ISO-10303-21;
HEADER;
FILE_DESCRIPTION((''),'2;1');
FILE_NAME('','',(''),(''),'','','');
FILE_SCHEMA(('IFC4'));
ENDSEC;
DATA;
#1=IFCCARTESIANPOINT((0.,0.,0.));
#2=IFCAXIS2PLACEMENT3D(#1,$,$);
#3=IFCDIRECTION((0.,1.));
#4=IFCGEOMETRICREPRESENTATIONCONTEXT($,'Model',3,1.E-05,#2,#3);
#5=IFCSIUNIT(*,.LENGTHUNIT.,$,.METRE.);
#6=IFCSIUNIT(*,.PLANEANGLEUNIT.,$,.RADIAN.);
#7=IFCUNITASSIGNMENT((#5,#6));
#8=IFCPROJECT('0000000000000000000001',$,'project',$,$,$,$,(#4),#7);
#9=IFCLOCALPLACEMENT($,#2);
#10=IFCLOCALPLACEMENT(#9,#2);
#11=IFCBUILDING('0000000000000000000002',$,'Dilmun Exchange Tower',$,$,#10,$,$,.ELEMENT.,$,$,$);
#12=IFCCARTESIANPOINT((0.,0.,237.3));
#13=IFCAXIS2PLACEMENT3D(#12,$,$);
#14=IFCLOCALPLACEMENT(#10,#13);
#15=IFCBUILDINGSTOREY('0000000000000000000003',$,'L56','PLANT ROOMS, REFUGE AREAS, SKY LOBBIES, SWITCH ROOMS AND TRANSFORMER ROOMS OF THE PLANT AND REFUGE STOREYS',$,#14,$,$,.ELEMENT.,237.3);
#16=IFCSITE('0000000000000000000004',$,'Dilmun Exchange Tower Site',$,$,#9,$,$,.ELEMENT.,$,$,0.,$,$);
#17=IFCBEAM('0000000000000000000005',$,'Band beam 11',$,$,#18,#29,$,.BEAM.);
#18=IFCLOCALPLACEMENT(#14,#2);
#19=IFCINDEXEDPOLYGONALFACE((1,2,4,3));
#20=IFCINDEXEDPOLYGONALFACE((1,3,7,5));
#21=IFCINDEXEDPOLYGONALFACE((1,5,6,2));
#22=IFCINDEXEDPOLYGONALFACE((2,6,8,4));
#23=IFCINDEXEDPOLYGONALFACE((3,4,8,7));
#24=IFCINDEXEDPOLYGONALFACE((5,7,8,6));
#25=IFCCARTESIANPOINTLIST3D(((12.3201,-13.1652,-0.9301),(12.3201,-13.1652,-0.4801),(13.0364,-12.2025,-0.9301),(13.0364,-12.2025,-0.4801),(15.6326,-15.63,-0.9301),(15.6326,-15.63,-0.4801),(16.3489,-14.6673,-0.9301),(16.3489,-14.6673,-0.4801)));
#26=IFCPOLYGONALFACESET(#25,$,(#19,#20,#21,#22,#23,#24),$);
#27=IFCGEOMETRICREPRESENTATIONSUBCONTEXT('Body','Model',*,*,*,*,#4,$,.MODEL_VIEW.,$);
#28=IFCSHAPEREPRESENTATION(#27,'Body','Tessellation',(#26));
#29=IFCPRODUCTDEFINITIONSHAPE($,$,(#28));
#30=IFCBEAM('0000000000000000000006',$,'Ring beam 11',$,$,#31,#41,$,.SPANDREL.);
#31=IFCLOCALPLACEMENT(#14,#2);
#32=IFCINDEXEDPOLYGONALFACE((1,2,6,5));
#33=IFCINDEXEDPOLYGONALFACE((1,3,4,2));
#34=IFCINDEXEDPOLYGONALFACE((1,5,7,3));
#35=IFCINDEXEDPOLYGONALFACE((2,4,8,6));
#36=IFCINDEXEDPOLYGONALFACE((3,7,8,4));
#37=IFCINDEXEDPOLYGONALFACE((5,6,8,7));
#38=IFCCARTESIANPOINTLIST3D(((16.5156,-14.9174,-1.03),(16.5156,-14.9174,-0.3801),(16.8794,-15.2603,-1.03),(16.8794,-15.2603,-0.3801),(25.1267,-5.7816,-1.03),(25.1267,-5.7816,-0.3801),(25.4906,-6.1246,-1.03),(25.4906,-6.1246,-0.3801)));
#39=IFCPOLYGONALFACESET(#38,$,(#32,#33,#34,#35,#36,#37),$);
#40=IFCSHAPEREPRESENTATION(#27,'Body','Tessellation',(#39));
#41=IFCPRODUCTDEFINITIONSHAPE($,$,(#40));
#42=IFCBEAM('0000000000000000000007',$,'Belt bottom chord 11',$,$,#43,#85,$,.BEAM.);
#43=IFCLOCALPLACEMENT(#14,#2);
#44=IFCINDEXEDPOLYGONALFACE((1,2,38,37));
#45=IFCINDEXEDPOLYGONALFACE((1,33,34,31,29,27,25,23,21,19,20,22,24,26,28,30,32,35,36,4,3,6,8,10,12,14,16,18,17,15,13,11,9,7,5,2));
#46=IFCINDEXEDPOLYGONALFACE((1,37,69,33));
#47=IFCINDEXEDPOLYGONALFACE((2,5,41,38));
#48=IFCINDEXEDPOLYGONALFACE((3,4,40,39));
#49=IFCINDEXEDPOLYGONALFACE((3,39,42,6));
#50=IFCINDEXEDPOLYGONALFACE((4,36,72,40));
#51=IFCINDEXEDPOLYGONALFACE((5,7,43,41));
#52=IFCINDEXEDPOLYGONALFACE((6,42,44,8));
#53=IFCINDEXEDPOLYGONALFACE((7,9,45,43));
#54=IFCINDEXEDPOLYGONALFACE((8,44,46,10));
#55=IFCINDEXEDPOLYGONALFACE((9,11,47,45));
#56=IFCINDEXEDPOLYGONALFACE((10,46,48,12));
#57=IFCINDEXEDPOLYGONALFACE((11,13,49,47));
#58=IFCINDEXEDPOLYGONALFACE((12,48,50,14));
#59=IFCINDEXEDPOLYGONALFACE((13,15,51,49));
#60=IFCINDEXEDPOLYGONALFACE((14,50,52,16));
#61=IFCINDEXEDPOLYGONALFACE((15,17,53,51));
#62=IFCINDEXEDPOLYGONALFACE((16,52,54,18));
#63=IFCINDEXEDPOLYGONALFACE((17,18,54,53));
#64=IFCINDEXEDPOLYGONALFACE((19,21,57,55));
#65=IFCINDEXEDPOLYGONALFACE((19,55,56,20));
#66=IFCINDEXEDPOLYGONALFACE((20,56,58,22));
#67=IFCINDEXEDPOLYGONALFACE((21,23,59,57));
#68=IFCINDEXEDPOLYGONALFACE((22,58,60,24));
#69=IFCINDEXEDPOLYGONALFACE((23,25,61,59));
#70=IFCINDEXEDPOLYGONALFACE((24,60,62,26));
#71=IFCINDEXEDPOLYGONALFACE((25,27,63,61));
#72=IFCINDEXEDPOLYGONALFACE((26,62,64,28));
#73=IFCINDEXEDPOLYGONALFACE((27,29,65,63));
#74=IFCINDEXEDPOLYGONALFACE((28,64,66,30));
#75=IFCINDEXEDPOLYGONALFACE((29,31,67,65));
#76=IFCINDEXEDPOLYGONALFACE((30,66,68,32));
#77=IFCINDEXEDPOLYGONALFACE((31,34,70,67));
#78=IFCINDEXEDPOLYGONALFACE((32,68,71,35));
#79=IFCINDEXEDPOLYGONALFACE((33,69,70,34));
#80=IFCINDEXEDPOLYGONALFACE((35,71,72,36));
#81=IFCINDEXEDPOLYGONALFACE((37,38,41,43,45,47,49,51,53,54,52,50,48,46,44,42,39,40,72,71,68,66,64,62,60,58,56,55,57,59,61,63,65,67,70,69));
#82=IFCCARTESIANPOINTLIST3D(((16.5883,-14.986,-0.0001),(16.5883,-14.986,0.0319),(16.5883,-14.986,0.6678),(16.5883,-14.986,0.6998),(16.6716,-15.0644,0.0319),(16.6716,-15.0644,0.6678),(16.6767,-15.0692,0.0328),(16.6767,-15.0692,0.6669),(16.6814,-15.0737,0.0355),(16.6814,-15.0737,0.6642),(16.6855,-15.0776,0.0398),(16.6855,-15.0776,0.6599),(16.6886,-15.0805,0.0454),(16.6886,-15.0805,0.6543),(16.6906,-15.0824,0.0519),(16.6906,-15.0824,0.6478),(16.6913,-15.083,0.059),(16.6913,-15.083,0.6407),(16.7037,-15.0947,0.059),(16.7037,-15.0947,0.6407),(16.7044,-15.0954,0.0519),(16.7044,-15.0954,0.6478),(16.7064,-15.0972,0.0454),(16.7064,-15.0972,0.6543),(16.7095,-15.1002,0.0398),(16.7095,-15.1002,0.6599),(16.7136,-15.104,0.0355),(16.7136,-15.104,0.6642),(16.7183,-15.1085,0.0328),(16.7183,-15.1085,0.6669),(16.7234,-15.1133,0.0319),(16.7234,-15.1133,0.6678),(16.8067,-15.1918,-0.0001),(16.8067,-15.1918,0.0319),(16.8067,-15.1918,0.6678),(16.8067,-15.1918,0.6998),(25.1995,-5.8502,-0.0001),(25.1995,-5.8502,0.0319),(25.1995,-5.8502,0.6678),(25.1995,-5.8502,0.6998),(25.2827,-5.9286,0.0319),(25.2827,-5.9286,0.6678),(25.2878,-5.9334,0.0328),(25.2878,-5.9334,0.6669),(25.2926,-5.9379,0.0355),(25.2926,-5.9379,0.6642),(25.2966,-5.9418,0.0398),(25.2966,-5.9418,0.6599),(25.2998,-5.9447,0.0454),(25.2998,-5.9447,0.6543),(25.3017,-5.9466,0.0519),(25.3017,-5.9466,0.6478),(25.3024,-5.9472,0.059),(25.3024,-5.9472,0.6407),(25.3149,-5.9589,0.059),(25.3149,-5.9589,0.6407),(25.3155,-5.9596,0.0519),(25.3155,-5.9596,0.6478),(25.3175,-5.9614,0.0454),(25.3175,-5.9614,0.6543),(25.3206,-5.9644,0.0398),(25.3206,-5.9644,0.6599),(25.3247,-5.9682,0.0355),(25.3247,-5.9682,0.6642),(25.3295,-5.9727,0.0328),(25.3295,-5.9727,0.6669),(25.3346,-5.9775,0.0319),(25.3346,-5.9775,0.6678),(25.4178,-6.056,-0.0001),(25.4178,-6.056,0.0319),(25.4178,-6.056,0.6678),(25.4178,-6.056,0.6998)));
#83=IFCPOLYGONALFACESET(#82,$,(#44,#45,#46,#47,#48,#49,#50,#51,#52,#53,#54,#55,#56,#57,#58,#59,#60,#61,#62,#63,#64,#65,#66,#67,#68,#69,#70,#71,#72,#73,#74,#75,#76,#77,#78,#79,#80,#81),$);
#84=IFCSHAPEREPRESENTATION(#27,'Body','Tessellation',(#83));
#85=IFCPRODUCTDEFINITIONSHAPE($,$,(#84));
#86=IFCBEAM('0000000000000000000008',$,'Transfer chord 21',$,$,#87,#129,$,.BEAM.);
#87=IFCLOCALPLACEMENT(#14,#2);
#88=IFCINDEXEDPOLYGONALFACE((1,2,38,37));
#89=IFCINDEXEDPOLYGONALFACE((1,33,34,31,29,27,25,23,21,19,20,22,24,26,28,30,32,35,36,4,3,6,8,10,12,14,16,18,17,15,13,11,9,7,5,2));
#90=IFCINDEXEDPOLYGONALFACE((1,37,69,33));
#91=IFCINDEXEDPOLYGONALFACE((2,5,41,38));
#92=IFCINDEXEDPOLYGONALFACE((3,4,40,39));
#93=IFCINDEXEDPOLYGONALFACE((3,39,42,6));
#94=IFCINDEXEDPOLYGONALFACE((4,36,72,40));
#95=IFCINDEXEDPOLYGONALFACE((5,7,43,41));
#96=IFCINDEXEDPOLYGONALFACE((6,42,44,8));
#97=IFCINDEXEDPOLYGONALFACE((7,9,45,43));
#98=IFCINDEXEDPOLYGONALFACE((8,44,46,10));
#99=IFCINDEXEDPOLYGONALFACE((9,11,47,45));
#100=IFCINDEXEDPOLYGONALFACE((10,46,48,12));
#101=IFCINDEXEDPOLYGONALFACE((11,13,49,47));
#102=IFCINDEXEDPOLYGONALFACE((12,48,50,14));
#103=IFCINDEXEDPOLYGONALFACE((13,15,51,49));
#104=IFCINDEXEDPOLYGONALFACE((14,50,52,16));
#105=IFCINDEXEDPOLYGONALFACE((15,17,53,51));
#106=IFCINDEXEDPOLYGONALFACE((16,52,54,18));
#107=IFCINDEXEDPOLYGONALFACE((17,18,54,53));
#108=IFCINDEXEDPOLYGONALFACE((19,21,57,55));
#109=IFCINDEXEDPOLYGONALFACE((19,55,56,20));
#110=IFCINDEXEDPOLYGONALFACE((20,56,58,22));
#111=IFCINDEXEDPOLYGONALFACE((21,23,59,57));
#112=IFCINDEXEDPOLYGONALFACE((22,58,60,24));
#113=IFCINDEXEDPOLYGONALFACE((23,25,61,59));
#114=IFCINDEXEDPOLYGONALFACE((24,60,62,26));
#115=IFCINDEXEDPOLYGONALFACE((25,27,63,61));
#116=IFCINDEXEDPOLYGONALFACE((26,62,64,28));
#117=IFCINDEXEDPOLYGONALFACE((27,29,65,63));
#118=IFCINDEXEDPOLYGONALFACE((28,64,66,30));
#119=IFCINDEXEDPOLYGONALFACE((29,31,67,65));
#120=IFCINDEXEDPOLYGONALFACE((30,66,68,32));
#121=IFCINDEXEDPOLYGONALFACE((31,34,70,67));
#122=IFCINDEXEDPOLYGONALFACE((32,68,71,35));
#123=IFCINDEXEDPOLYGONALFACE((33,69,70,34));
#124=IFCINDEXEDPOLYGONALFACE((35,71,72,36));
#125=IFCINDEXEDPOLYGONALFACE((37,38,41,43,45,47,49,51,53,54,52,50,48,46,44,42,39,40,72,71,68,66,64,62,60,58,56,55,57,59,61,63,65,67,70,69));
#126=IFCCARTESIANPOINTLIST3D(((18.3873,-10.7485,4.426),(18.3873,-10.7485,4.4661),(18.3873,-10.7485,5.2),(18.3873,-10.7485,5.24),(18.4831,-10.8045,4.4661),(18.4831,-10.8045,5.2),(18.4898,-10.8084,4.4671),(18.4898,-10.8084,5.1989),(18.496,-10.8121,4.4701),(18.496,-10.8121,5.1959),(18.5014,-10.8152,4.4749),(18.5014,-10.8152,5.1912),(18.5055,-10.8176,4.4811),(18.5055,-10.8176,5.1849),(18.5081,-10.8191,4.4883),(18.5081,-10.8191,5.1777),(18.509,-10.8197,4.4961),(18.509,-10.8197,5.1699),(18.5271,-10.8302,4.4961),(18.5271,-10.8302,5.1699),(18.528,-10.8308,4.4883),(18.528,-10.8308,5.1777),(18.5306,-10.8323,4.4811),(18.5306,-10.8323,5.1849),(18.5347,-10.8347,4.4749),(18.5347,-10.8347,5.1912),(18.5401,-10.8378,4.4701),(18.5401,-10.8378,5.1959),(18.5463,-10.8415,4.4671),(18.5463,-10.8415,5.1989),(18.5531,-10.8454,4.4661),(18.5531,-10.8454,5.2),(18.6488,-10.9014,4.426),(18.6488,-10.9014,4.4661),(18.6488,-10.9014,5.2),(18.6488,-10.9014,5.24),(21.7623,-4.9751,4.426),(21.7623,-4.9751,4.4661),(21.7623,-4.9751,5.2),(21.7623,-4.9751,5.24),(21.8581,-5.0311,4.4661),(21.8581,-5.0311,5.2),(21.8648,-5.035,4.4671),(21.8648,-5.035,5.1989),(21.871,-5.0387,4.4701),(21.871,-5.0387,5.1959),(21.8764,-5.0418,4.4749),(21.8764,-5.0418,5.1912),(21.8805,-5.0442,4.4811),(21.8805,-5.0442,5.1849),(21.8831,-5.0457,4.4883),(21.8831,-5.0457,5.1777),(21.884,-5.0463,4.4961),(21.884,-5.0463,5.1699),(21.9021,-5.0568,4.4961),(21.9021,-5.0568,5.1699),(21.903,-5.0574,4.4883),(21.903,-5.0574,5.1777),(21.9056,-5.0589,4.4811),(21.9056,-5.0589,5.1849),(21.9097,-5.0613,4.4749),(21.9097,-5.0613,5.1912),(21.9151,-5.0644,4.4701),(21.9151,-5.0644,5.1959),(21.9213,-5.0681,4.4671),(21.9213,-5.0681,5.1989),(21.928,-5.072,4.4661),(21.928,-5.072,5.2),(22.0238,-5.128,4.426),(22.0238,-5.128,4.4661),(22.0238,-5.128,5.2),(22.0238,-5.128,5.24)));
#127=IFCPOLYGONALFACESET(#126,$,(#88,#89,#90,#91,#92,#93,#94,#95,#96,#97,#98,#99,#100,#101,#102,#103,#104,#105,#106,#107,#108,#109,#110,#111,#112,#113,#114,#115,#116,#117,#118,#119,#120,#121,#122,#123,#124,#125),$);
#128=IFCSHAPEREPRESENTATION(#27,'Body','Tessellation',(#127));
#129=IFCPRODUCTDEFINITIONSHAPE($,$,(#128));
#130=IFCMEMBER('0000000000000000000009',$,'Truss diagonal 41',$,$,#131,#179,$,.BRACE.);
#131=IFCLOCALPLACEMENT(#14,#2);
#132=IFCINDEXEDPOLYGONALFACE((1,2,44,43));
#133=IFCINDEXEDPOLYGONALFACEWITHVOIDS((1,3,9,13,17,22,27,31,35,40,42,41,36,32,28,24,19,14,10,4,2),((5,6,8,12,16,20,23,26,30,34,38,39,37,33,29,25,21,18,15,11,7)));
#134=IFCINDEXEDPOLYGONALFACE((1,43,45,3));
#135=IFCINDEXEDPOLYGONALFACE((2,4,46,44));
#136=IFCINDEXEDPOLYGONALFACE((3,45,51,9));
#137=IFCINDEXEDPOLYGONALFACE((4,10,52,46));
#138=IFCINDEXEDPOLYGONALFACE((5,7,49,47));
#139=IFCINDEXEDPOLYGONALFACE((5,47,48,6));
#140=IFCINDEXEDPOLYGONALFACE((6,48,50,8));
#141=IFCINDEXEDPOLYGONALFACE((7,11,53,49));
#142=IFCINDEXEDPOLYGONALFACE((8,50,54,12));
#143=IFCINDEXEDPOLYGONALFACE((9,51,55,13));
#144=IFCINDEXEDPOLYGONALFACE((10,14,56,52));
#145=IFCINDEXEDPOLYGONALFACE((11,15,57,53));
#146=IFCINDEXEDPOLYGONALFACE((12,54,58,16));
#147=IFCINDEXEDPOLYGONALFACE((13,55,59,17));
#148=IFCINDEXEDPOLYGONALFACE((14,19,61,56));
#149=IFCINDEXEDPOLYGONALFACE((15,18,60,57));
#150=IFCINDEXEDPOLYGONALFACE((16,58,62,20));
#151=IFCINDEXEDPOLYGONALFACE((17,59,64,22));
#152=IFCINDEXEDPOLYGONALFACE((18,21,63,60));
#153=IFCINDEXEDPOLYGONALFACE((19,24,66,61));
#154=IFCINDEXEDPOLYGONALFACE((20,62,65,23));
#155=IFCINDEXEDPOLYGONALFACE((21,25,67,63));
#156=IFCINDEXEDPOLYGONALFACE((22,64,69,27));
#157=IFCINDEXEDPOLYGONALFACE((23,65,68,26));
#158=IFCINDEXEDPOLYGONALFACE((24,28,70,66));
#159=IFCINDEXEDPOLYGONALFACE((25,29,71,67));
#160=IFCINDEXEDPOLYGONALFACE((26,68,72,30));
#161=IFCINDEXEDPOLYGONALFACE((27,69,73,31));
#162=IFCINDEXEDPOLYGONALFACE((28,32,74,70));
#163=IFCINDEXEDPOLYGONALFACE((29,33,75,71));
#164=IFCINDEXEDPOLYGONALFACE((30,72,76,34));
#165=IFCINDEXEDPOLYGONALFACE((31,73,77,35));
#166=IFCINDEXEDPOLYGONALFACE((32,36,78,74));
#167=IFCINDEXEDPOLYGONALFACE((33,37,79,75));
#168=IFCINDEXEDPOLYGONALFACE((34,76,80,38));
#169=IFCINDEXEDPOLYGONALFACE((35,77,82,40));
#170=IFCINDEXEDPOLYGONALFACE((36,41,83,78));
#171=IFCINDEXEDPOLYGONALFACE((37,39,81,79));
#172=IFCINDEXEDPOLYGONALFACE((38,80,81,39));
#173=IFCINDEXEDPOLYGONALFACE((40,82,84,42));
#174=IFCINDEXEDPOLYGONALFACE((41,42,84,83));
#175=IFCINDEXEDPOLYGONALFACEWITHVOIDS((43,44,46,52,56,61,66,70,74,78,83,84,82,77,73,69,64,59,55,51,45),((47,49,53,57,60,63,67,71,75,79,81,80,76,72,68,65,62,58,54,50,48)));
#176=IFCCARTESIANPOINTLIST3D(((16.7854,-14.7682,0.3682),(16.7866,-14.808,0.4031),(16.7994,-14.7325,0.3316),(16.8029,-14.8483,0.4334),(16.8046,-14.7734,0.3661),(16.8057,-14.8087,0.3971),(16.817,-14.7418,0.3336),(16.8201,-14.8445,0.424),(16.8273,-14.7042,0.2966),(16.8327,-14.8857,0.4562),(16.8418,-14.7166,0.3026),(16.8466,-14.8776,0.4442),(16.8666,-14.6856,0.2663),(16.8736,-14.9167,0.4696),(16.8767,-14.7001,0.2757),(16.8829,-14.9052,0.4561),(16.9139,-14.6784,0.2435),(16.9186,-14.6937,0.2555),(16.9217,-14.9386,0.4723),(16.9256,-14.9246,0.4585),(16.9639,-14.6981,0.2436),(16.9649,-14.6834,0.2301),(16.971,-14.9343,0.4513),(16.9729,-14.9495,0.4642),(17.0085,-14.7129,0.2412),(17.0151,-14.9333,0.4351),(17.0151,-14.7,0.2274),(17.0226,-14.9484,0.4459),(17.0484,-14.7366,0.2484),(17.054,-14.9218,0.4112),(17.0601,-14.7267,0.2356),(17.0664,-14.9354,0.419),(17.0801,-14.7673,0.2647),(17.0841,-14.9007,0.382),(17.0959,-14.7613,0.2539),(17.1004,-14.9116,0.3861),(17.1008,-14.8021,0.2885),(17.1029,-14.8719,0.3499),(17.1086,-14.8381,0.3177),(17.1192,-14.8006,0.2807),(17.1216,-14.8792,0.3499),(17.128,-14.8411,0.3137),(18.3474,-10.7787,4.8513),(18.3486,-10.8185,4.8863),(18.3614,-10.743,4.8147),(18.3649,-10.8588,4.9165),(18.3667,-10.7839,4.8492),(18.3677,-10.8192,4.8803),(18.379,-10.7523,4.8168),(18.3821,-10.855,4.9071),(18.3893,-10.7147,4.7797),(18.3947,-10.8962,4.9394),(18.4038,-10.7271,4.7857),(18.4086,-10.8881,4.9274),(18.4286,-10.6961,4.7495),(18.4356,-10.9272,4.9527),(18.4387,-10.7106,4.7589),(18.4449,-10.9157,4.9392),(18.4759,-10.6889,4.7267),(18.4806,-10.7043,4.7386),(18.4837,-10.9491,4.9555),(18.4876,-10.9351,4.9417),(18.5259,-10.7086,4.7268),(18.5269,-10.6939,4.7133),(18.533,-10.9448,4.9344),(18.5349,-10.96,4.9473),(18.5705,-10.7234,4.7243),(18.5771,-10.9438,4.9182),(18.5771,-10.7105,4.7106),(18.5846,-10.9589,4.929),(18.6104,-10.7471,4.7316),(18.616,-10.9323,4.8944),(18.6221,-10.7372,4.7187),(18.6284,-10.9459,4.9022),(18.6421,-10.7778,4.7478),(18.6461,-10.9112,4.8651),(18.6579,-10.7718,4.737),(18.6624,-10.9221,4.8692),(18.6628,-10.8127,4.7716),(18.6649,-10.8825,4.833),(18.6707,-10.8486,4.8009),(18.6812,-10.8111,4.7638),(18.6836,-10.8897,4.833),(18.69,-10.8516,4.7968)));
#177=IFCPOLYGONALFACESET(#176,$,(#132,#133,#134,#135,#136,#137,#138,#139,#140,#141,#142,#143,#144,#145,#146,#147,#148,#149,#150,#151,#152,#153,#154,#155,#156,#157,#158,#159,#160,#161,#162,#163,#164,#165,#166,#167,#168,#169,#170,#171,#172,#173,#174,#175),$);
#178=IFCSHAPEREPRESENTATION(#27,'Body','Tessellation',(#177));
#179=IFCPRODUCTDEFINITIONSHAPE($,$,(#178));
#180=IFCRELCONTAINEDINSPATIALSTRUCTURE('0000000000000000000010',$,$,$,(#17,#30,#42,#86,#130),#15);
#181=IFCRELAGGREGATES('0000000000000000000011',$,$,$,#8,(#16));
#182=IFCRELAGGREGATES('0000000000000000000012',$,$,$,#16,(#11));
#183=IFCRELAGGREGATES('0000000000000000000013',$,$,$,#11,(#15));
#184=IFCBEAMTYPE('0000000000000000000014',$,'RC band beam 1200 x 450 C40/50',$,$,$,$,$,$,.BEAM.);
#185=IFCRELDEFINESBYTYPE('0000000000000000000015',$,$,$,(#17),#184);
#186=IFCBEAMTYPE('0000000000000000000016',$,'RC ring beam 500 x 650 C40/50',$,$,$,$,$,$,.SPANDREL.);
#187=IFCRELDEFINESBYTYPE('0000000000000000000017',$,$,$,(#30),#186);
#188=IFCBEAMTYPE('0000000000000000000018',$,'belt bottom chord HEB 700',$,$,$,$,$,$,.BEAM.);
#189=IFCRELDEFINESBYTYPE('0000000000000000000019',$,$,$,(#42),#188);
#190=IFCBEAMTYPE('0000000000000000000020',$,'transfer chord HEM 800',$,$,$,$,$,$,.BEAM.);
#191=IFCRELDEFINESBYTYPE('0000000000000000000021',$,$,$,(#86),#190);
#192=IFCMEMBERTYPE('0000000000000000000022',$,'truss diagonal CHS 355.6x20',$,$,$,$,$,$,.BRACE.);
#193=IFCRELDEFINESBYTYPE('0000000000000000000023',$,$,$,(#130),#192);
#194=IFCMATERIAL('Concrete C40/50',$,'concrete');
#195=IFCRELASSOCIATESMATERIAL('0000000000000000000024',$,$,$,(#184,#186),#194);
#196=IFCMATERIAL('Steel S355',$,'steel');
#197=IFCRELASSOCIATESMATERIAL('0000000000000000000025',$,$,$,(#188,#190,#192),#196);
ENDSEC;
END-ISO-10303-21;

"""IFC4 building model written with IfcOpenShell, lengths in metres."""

from ifc_helpers import new_model, si_unit, direction, frame, origin, origin_2d, place, context, subcontext, project, spatial, rectangle, hollow_circle, i_section, extrude, material, material_profile, profile_set, type_object, element, save


model = new_model("IFC4")

# Units and contexts
model_context = context("Model", 3, precision=1e-05, world=origin(), true_north=direction((0.0, 1.0)))
body_context = subcontext(model_context, "Body", "Model", "MODEL_VIEW")
ifc_project = project(units=[si_unit("LENGTHUNIT", "METRE"), si_unit("PLANEANGLEUNIT", "RADIAN")], contexts=[model_context])

# Site, building, storey
site_placement = place(None, origin())
site = spatial("IfcSite", under=ifc_project, at=site_placement, Name="Dilmun Exchange Tower Site", CompositionType="ELEMENT", RefElevation=0.0)
building_placement = place(site_placement, origin())
building = spatial("IfcBuilding", under=site, at=building_placement, Name="Dilmun Exchange Tower", CompositionType="ELEMENT")
storey_placement = place(building_placement, frame((0.0, 0.0, 237.3)))
storey = spatial("IfcBuildingStorey", under=building, at=storey_placement, Name="L56", Description="PLANT ROOMS, REFUGE AREAS, SKY LOBBIES, SWITCH ROOMS AND TRANSFORMER ROOMS OF THE PLANT AND REFUGE STOREYS", CompositionType="ELEMENT", Elevation=237.3)

# Beams
ifc_material_1 = material(Name="Concrete C40/50", Category="concrete")
ifc_material_profile_1 = material_profile(ifc_material_1, rectangle(XDim=1.2, YDim=0.45, at=origin_2d()), Name="1200 x 450")
ifc_profile_set_1 = profile_set([ifc_material_profile_1], Name="Concrete C40/50")
beam_type_1 = type_object("IfcBeamType", Name="RC band beam 1200 x 450 C40/50", PredefinedType="BEAM", material=ifc_profile_set_1)
beam_1_placement = place(storey_placement, frame((15.9907, -15.1487, -0.7051), z_axis=(-0.802265, 0.596968, 0.0), x_axis=(-0.596968, -0.802265, 0.0)))
element("IfcBeam", 1, at=beam_1_placement, inside=storey, type_object=beam_type_1, Name="Band beam 11", PredefinedType="BEAM", context=body_context, shape_type="SweptSolid", body=[
    extrude(rectangle(XDim=1.2, YDim=0.45, at=origin_2d()), origin(), (0.0, 0.0, 1.0), 4.1289),
])
ifc_material_profile_2 = material_profile(ifc_material_1, rectangle(XDim=0.5, YDim=0.6499, at=origin_2d()), Name="500 x 650")
ifc_profile_set_2 = profile_set([ifc_material_profile_2], Name="Concrete C40/50")
beam_type_2 = type_object("IfcBeamType", Name="RC ring beam 500 x 650 C40/50", PredefinedType="SPANDREL", material=ifc_profile_set_2)
beam_2_placement = place(storey_placement, frame((16.6975, -15.0889, -0.7051), z_axis=(0.685903, 0.727693, 0.0), x_axis=(-0.727693, 0.685903, 0.0)))
element("IfcBeam", 2, at=beam_2_placement, inside=storey, type_object=beam_type_2, Name="Ring beam 11", PredefinedType="SPANDREL", context=body_context, shape_type="SweptSolid", body=[
    extrude(rectangle(XDim=0.5, YDim=0.6499, at=origin_2d()), origin(), (0.0, 0.0, 1.0), 12.5544),
])
ifc_material_2 = material(Name="Steel S355", Category="steel")
ifc_material_profile_3 = material_profile(ifc_material_2, i_section(OverallWidth=0.3, OverallDepth=0.7, WebThickness=0.0171, FlangeThickness=0.032, FilletRadius=0.0271, at=origin_2d()), Name="HEB 700")
ifc_profile_set_3 = profile_set([ifc_material_profile_3], Name="Steel S355")
beam_type_3 = type_object("IfcBeamType", Name="belt bottom chord HEB 700", PredefinedType="BEAM", material=ifc_profile_set_3)
beam_3_placement = place(storey_placement, frame((16.6975, -15.0889, 0.3499), z_axis=(0.685903, 0.727693, 0.0), x_axis=(-0.727693, 0.685903, 0.0)))
element("IfcBeam", 3, at=beam_3_placement, inside=storey, type_object=beam_type_3, Name="Belt bottom chord 11", PredefinedType="BEAM", context=body_context, shape_type="SweptSolid", body=[
    extrude(i_section(OverallWidth=0.3, OverallDepth=0.7, WebThickness=0.0171, FlangeThickness=0.032, FilletRadius=0.0271, at=origin_2d()), origin(), (0.0, 0.0, 1.0), 12.5544),
])
ifc_material_profile_4 = material_profile(ifc_material_2, i_section(OverallWidth=0.303, OverallDepth=0.814, WebThickness=0.021, FlangeThickness=0.04, FilletRadius=0.03, at=origin_2d()), Name="HEM 800")
ifc_profile_set_4 = profile_set([ifc_material_profile_4], Name="Steel S355")
beam_type_4 = type_object("IfcBeamType", Name="transfer chord HEM 800", PredefinedType="BEAM", material=ifc_profile_set_4)
beam_4_placement = place(storey_placement, frame((18.5181, -10.825, 4.833), z_axis=(0.50467, 0.863312, 0.0), x_axis=(-0.863312, 0.50467, 0.0)))
element("IfcBeam", 4, at=beam_4_placement, inside=storey, type_object=beam_type_4, Name="Transfer chord 21", PredefinedType="BEAM", context=body_context, shape_type="SweptSolid", body=[
    extrude(i_section(OverallWidth=0.303, OverallDepth=0.814, WebThickness=0.021, FlangeThickness=0.04, FilletRadius=0.03, at=origin_2d()), origin(), (0.0, 0.0, 1.0), 6.6875),
])

# Member
ifc_material_profile_5 = material_profile(ifc_material_2, hollow_circle(Radius=0.1777, WallThickness=0.02, at=origin_2d()), Name="CHS 355.6x20")
ifc_profile_set_5 = profile_set([ifc_material_profile_5], Name="Steel S355")
member_type = type_object("IfcMemberType", Name="truss diagonal CHS 355.6x20", PredefinedType="BRACE", material=ifc_profile_set_5)
member_placement = place(storey_placement, frame((18.5181, -10.825, 4.833), z_axis=(-0.251889, -0.643345, -0.722951), x_axis=(0.931171, -0.364582, 0.0)))
element("IfcMember", 5, at=member_placement, inside=storey, type_object=member_type, Name="Truss diagonal 41", PredefinedType="BRACE", context=body_context, shape_type="SweptSolid", body=[
    extrude(hollow_circle(Radius=0.1777, WallThickness=0.02, at=origin_2d()), origin(), (0.0, 0.0, 1.0), 6.2012),
])

save(model, "model.ifc")
